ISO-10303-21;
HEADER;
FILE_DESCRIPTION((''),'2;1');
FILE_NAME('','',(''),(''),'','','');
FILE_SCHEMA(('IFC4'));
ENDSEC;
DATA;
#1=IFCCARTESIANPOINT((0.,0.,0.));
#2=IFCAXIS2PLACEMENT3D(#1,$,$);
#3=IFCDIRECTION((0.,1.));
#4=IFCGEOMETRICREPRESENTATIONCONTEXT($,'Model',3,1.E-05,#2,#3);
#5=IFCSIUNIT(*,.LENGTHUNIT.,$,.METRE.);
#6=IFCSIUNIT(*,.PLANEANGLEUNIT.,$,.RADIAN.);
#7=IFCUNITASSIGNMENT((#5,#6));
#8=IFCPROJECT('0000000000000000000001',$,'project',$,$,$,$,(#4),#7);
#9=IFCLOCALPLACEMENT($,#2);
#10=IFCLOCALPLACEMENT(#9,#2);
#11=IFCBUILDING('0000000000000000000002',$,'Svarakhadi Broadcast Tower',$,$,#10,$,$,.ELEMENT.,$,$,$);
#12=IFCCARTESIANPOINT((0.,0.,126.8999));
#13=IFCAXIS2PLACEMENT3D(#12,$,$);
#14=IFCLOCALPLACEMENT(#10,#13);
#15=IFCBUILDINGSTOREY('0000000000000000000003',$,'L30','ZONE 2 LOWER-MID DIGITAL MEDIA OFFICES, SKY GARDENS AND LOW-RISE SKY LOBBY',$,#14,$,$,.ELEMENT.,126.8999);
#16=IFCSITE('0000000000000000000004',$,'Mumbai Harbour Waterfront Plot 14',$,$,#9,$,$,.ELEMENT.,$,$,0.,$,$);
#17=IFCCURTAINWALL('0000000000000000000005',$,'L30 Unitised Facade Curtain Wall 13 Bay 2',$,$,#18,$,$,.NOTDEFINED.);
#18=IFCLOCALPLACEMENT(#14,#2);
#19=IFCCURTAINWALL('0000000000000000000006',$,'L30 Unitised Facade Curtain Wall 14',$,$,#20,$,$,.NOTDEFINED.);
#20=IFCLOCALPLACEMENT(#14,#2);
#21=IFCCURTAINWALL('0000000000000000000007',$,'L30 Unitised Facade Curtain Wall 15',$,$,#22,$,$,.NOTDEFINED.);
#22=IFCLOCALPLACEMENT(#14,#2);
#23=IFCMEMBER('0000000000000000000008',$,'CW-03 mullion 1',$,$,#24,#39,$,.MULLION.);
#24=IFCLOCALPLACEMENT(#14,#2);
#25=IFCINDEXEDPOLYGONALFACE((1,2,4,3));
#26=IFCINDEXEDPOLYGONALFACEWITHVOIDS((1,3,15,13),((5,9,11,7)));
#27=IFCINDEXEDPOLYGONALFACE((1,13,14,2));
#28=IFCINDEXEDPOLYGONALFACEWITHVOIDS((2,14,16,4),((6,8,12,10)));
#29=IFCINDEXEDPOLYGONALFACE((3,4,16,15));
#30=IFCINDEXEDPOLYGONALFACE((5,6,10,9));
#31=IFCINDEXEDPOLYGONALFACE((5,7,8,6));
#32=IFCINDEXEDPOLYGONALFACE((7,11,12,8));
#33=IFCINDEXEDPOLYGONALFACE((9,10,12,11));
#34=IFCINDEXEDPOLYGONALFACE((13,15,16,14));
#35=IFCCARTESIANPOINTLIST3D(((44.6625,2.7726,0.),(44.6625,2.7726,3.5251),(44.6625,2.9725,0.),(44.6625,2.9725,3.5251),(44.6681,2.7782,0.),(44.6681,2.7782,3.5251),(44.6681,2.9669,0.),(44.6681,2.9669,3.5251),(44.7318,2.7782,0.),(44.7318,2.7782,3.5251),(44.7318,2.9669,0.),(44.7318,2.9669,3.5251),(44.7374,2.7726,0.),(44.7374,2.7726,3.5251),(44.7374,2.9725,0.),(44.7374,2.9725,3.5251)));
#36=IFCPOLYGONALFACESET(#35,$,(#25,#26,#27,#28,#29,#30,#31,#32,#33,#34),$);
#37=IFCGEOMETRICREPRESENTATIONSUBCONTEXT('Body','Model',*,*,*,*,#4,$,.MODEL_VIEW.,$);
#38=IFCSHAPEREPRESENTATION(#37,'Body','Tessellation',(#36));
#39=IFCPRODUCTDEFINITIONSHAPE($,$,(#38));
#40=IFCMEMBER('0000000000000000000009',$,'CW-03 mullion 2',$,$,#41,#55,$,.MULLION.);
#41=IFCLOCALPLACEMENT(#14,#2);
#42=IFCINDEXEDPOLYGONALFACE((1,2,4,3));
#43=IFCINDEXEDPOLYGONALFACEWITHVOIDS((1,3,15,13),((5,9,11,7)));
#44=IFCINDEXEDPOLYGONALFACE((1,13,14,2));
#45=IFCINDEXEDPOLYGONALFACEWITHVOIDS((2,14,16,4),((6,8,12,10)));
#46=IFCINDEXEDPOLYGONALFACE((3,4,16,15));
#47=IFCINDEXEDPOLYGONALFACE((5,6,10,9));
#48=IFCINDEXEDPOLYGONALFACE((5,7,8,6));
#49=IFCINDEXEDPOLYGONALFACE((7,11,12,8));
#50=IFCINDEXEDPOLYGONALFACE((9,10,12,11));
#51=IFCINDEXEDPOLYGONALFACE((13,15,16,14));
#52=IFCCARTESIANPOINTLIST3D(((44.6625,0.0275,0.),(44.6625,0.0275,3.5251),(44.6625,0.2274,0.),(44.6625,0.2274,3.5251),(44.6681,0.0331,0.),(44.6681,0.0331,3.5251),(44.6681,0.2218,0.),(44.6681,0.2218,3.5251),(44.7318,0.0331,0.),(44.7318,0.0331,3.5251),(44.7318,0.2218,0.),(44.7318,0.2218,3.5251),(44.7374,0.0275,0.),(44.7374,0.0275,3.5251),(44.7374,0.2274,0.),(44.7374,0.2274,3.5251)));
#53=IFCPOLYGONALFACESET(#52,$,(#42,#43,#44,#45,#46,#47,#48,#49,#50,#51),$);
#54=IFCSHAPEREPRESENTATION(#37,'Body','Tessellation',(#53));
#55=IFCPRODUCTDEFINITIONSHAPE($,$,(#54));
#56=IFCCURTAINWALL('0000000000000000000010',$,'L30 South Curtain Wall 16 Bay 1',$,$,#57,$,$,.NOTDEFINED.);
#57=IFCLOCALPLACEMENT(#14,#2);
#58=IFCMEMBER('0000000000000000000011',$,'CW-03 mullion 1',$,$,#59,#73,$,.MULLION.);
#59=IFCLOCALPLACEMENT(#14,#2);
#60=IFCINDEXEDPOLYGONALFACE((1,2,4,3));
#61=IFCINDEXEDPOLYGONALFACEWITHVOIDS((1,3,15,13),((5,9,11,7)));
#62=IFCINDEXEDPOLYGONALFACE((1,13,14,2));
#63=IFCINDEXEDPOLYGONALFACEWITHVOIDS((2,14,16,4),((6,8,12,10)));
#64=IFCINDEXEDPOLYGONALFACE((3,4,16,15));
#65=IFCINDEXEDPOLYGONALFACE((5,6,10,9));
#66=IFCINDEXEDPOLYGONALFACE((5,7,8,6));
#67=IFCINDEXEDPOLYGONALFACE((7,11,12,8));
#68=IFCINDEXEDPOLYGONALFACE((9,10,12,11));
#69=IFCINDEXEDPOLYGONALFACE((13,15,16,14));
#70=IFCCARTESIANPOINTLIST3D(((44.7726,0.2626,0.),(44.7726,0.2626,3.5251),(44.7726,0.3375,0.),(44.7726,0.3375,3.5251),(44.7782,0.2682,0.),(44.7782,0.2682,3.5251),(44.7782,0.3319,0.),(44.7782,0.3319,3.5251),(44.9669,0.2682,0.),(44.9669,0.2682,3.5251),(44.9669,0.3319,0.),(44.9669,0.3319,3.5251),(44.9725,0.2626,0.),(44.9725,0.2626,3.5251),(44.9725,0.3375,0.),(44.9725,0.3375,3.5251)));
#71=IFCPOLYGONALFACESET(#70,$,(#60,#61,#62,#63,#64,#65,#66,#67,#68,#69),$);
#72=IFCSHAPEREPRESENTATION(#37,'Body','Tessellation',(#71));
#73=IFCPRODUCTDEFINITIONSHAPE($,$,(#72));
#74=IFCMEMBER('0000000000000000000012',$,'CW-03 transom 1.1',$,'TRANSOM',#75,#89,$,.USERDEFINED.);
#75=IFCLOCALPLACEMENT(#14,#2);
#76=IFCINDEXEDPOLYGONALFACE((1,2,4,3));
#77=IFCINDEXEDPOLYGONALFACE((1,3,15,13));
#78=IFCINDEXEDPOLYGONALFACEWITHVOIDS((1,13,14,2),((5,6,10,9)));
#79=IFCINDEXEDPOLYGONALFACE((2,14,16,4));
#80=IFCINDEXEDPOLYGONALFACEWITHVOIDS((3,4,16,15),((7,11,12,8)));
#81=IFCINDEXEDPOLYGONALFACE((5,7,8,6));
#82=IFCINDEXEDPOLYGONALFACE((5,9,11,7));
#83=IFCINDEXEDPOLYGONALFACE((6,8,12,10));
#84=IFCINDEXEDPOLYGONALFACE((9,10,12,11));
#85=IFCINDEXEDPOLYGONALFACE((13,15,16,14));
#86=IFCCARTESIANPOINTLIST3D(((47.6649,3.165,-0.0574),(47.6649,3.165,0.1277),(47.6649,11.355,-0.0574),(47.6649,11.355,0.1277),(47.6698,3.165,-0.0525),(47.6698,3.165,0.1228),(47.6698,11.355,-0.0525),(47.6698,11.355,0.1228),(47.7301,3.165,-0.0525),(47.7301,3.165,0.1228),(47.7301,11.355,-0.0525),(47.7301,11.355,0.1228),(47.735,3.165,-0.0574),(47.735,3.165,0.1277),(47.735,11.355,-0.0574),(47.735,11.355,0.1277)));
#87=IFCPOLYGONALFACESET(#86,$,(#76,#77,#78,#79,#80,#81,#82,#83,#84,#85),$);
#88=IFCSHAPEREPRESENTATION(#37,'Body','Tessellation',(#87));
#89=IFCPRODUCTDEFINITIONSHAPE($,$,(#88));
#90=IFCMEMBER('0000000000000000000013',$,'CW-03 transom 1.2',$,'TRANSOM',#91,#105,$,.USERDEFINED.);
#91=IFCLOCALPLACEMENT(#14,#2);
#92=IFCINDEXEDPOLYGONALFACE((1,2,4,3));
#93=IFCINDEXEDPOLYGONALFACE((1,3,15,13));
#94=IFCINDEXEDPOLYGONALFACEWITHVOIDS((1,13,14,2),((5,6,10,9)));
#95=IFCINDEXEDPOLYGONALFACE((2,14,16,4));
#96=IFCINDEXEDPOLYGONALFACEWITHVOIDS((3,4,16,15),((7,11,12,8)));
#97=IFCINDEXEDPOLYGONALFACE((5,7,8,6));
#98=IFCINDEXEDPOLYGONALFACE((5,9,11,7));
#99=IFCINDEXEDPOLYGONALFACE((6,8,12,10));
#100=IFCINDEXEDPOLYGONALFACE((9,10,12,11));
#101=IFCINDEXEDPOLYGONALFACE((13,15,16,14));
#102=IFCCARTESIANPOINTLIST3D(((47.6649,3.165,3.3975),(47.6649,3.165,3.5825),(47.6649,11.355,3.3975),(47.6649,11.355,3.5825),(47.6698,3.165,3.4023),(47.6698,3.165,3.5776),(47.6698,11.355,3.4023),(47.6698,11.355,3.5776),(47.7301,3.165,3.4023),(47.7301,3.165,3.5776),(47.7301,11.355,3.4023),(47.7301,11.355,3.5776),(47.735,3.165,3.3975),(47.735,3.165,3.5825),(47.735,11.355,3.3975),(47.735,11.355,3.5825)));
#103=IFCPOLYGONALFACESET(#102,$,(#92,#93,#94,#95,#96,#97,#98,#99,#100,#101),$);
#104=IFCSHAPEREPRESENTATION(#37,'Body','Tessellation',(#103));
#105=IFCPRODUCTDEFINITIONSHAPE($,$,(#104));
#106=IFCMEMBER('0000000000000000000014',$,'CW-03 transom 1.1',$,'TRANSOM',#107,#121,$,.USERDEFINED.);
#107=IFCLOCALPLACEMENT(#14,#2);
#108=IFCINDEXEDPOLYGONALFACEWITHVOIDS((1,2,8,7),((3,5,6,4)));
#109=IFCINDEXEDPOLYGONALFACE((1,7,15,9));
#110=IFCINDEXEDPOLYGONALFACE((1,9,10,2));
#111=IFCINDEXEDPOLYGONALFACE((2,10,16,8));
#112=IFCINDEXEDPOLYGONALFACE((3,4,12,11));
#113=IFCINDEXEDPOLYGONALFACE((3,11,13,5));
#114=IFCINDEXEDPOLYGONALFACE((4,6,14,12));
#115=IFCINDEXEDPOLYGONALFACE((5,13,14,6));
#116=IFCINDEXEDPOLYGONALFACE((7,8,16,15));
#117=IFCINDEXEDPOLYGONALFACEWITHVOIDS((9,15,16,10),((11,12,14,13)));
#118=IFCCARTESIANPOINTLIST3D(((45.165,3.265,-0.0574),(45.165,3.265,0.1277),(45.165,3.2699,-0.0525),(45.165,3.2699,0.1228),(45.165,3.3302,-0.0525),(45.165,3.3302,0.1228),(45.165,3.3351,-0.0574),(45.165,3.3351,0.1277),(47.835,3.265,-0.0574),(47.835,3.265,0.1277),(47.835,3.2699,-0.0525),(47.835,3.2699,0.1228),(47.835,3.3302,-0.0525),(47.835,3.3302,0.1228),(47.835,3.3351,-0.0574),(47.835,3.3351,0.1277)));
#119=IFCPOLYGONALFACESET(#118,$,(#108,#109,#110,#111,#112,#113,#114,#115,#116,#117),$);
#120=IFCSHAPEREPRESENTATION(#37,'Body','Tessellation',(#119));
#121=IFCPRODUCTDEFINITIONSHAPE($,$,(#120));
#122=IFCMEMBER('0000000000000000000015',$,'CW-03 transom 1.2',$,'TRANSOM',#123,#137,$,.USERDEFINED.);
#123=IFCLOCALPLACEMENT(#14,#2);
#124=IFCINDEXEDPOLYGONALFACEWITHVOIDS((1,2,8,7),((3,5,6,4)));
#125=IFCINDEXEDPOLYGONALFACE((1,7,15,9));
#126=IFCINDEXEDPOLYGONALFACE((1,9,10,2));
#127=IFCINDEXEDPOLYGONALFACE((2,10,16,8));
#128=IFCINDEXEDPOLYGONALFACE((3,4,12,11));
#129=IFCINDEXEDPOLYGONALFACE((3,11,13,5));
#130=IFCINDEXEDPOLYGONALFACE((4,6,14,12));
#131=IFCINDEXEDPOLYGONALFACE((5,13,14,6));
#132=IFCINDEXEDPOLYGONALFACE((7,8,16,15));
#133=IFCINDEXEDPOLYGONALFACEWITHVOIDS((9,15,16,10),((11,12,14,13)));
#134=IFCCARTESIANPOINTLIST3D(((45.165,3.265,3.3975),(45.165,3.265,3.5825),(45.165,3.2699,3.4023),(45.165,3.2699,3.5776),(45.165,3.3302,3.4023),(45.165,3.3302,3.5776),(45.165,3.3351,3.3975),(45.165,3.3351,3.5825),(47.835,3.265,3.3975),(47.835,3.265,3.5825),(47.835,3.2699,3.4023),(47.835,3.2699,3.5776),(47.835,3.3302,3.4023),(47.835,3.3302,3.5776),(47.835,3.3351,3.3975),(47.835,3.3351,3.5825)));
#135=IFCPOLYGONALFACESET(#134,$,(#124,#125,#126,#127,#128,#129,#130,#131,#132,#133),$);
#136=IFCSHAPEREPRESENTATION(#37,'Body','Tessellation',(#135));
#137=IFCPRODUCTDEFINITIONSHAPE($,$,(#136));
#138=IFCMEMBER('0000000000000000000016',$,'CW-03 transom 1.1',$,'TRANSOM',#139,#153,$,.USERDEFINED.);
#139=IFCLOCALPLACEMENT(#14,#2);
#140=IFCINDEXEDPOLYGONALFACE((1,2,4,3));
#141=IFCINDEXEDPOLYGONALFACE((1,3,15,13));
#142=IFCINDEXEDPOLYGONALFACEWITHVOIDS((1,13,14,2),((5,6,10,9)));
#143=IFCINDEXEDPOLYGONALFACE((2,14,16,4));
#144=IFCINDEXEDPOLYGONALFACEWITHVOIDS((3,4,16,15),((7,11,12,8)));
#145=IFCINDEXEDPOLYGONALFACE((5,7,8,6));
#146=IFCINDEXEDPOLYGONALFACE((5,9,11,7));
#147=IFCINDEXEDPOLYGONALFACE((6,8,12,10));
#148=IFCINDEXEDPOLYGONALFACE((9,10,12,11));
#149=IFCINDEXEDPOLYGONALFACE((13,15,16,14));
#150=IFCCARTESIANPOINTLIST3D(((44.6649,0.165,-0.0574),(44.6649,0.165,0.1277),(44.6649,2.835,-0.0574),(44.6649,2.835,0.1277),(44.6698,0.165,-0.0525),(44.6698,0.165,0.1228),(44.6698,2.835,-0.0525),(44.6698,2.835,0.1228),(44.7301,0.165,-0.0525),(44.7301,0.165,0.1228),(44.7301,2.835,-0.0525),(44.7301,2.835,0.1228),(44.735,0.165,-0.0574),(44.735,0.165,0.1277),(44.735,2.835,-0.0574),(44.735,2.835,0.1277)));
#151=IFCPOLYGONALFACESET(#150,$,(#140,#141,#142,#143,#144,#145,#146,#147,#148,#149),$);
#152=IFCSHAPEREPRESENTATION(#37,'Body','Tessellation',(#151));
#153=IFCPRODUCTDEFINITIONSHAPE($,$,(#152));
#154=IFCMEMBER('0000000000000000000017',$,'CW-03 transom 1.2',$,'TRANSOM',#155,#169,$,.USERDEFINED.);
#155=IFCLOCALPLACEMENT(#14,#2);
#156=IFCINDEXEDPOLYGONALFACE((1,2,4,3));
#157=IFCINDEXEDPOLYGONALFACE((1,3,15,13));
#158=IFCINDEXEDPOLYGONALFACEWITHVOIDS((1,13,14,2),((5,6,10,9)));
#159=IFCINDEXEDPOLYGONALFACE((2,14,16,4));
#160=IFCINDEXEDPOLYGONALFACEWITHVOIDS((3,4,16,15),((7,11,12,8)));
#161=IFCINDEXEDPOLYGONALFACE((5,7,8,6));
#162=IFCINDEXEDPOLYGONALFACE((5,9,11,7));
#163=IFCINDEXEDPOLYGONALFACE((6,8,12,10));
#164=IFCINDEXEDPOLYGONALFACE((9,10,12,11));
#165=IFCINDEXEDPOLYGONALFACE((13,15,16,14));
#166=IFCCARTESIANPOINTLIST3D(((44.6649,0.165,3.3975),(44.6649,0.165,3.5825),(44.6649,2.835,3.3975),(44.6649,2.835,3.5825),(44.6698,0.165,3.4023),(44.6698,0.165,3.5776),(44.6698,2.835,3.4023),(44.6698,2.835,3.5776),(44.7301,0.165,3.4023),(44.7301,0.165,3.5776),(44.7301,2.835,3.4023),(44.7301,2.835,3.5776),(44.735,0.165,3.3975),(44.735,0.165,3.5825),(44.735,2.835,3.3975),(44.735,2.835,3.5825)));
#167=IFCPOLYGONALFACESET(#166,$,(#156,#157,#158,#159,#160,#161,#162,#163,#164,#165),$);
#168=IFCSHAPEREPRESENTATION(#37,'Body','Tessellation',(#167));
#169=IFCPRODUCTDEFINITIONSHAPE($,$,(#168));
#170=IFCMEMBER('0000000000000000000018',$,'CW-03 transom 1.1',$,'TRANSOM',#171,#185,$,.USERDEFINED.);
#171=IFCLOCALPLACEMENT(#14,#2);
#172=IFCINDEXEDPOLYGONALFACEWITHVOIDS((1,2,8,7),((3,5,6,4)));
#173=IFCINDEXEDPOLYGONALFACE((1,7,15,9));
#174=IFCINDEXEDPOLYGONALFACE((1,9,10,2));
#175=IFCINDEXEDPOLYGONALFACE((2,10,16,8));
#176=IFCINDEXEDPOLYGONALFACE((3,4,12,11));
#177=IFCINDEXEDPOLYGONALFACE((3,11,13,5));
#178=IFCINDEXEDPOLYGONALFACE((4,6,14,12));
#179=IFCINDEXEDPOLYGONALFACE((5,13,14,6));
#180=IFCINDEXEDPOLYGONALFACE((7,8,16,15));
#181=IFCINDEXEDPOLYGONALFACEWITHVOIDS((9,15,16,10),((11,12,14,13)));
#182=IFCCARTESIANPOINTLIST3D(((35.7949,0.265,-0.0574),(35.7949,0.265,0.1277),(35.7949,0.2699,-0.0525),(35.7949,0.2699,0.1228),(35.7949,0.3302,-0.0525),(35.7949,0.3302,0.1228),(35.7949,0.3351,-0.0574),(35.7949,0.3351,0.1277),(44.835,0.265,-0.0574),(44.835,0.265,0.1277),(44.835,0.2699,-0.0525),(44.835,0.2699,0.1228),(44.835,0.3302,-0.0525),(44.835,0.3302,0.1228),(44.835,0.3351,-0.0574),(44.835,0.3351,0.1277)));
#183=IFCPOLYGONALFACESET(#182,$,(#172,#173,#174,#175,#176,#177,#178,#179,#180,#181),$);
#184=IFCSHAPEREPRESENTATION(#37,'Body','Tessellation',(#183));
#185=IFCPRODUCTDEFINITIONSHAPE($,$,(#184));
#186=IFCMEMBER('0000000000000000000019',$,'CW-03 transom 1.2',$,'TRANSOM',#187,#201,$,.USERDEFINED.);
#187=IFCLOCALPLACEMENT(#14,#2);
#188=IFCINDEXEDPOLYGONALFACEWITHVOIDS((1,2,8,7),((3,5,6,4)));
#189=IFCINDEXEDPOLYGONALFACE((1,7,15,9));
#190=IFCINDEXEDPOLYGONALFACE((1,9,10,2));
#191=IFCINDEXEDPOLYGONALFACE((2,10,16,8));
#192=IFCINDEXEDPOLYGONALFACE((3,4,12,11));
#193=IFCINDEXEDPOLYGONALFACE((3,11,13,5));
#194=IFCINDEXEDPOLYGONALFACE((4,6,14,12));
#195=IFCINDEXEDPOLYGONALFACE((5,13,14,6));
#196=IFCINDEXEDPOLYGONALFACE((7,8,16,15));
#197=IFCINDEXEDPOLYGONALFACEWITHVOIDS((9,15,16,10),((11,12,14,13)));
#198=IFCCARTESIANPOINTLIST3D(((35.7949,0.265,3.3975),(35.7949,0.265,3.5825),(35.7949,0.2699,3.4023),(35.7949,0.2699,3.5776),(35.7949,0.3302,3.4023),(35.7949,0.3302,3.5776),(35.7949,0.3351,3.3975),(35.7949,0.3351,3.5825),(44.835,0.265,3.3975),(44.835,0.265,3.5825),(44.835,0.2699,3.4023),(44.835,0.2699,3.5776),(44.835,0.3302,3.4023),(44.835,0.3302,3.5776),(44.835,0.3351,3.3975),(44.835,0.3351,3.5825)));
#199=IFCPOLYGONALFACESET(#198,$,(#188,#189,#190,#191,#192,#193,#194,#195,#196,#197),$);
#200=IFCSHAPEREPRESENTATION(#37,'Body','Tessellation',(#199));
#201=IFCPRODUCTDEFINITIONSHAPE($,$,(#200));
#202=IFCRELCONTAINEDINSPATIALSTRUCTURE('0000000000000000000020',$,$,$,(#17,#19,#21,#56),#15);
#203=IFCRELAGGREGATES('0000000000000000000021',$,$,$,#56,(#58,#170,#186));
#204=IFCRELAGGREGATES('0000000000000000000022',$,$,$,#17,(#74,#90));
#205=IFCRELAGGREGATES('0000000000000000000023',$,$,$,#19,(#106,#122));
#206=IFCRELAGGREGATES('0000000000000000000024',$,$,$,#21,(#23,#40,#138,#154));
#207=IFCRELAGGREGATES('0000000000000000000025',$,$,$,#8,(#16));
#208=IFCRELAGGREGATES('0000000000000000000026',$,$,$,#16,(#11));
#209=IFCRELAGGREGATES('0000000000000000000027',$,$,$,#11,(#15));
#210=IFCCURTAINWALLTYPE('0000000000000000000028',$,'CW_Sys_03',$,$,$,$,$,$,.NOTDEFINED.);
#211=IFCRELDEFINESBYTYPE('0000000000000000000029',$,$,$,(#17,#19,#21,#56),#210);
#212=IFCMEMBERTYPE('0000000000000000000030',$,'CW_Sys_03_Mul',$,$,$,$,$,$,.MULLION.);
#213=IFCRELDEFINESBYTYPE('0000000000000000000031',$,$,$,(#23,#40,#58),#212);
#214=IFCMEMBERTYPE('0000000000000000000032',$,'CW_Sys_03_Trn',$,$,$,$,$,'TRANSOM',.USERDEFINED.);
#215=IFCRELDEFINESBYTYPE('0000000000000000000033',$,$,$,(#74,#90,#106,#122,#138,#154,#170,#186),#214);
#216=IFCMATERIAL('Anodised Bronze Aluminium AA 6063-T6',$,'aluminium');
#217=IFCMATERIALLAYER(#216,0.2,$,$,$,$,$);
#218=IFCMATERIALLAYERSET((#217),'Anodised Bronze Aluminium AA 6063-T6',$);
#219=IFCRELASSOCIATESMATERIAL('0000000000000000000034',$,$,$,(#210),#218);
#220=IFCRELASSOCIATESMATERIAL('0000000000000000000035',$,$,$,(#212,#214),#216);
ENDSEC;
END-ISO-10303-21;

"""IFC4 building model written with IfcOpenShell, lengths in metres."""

from ifc_helpers import new_model, si_unit, direction, frame, origin, origin_2d, place, context, subcontext, project, spatial, hollow_rectangle, extrude, material, layer, layer_set, material_profile, profile_set, type_object, element, aggregate, save


model = new_model("IFC4")

# Units and contexts
model_context = context("Model", 3, precision=1e-05, world=origin(), true_north=direction((0.0, 1.0)))
body_context = subcontext(model_context, "Body", "Model", "MODEL_VIEW")
ifc_project = project(units=[si_unit("LENGTHUNIT", "METRE"), si_unit("PLANEANGLEUNIT", "RADIAN")], contexts=[model_context])

# Site, building, storey
site_placement = place(None, origin())
site = spatial("IfcSite", under=ifc_project, at=site_placement, Name="Mumbai Harbour Waterfront Plot 14", CompositionType="ELEMENT", RefElevation=0.0)
building_placement = place(site_placement, origin())
building = spatial("IfcBuilding", under=site, at=building_placement, Name="Svarakhadi Broadcast Tower", CompositionType="ELEMENT")
storey_placement = place(building_placement, frame((0.0, 0.0, 126.8999)))
storey = spatial("IfcBuildingStorey", under=building, at=storey_placement, Name="L30", Description="ZONE 2 LOWER-MID DIGITAL MEDIA OFFICES, SKY GARDENS AND LOW-RISE SKY LOBBY", CompositionType="ELEMENT", Elevation=126.8999)

# Curtain walls, members
ifc_material_1 = material(Name="Anodised Bronze Aluminium AA 6063-T6", Category="aluminium")
ifc_layer_1 = layer(ifc_material_1, 0.2)
ifc_layer_set_1 = layer_set([ifc_layer_1], Name="Anodised Bronze Aluminium AA 6063-T6")
curtain_wall_type = type_object("IfcCurtainWallType", Name="CW_Sys_03", PredefinedType="NOTDEFINED", material=ifc_layer_set_1)
curtain_wall_1_placement = place(storey_placement, origin())
curtain_wall_1 = element("IfcCurtainWall", 1, at=curtain_wall_1_placement, inside=storey, type_object=curtain_wall_type, Name="L30 Unitised Facade Curtain Wall 13 Bay 2", PredefinedType="NOTDEFINED")
ifc_material_profile_1 = material_profile(ifc_material_1, hollow_rectangle(XDim=0.075, YDim=0.2, WallThickness=0.0056, at=origin_2d()), Name="ALU MULLION 200x75x6")
ifc_profile_set_1 = profile_set([ifc_material_profile_1], Name="Anodised Bronze Aluminium AA 6063-T6")
member_type_1 = type_object("IfcMemberType", Name="CW_Sys_03_Mul", PredefinedType="MULLION", material=ifc_profile_set_1)
curtain_wall_2_placement = place(storey_placement, origin())
curtain_wall_2 = element("IfcCurtainWall", 2, at=curtain_wall_2_placement, inside=storey, type_object=curtain_wall_type, Name="L30 Unitised Facade Curtain Wall 14", PredefinedType="NOTDEFINED")
curtain_wall_3_placement = place(storey_placement, origin())
curtain_wall_3 = element("IfcCurtainWall", 3, at=curtain_wall_3_placement, inside=storey, type_object=curtain_wall_type, Name="L30 Unitised Facade Curtain Wall 15", PredefinedType="NOTDEFINED")
member_1_placement = place(storey_placement, frame((44.7, 2.8726, 0.0), z_axis=(0.0, 0.0, 1.0), x_axis=(1.0, 0.0, 0.0)))
member_1 = element("IfcMember", 4, at=member_1_placement, type_object=member_type_1, Name="CW-03 mullion 1", PredefinedType="MULLION", context=body_context, shape_type="SweptSolid", body=[
    extrude(hollow_rectangle(XDim=0.075, YDim=0.2, WallThickness=0.0056, at=origin_2d()), origin(), (0.0, 0.0, 1.0), 3.5251),
])
member_2_placement = place(storey_placement, frame((44.7, 0.1274, 0.0), z_axis=(0.0, 0.0, 1.0), x_axis=(1.0, 0.0, 0.0)))
member_2 = element("IfcMember", 5, at=member_2_placement, type_object=member_type_1, Name="CW-03 mullion 2", PredefinedType="MULLION", context=body_context, shape_type="SweptSolid", body=[
    extrude(hollow_rectangle(XDim=0.075, YDim=0.2, WallThickness=0.0056, at=origin_2d()), origin(), (0.0, 0.0, 1.0), 3.5251),
])

# Curtain wall, member
curtain_wall_4_placement = place(storey_placement, origin())
curtain_wall_4 = element("IfcCurtainWall", 6, at=curtain_wall_4_placement, inside=storey, type_object=curtain_wall_type, Name="L30 South Curtain Wall 16 Bay 1", PredefinedType="NOTDEFINED")
member_3_placement = place(storey_placement, frame((44.8726, 0.3, 0.0), z_axis=(0.0, 0.0, 1.0), x_axis=(0.0, -1.0, 0.0)))
member_3 = element("IfcMember", 7, at=member_3_placement, type_object=member_type_1, Name="CW-03 mullion 1", PredefinedType="MULLION", context=body_context, shape_type="SweptSolid", body=[
    extrude(hollow_rectangle(XDim=0.075, YDim=0.2, WallThickness=0.0056, at=origin_2d()), origin(), (0.0, 0.0, 1.0), 3.5251),
])

# Members
ifc_material_profile_2 = material_profile(ifc_material_1, hollow_rectangle(XDim=0.0701, YDim=0.1851, WallThickness=0.0049, at=origin_2d()), Name="ALU TRANSOM 185x70x5")
ifc_profile_set_2 = profile_set([ifc_material_profile_2], Name="Anodised Bronze Aluminium AA 6063-T6")
member_type_2 = type_object("IfcMemberType", Name="CW_Sys_03_Trn", ElementType="TRANSOM", PredefinedType="USERDEFINED", material=ifc_profile_set_2)
member_4_placement = place(storey_placement, frame((47.7, 11.355, 0.0352), z_axis=(0.0, -1.0, 0.0), x_axis=(1.0, 0.0, 0.0)))
member_4 = element("IfcMember", 8, at=member_4_placement, type_object=member_type_2, Name="CW-03 transom 1.1", ObjectType="TRANSOM", PredefinedType="USERDEFINED", context=body_context, shape_type="SweptSolid", body=[
    extrude(hollow_rectangle(XDim=0.0701, YDim=0.1851, WallThickness=0.0049, at=origin_2d()), origin(), (0.0, 0.0, 1.0), 8.1899),
])
member_5_placement = place(storey_placement, frame((47.7, 11.355, 3.49), z_axis=(0.0, -1.0, 0.0), x_axis=(1.0, 0.0, 0.0)))
member_5 = element("IfcMember", 9, at=member_5_placement, type_object=member_type_2, Name="CW-03 transom 1.2", ObjectType="TRANSOM", PredefinedType="USERDEFINED", context=body_context, shape_type="SweptSolid", body=[
    extrude(hollow_rectangle(XDim=0.0701, YDim=0.1851, WallThickness=0.0049, at=origin_2d()), origin(), (0.0, 0.0, 1.0), 8.1899),
])
member_6_placement = place(storey_placement, frame((47.835, 3.3, 0.0352), z_axis=(-1.0, 0.0, 0.0), x_axis=(0.0, -1.0, 0.0)))
member_6 = element("IfcMember", 10, at=member_6_placement, type_object=member_type_2, Name="CW-03 transom 1.1", ObjectType="TRANSOM", PredefinedType="USERDEFINED", context=body_context, shape_type="SweptSolid", body=[
    extrude(hollow_rectangle(XDim=0.0701, YDim=0.1851, WallThickness=0.0049, at=origin_2d()), origin(), (0.0, 0.0, 1.0), 2.6699),
])
member_7_placement = place(storey_placement, frame((47.835, 3.3, 3.49), z_axis=(-1.0, 0.0, 0.0), x_axis=(0.0, -1.0, 0.0)))
member_7 = element("IfcMember", 11, at=member_7_placement, type_object=member_type_2, Name="CW-03 transom 1.2", ObjectType="TRANSOM", PredefinedType="USERDEFINED", context=body_context, shape_type="SweptSolid", body=[
    extrude(hollow_rectangle(XDim=0.0701, YDim=0.1851, WallThickness=0.0049, at=origin_2d()), origin(), (0.0, 0.0, 1.0), 2.6699),
])
member_8_placement = place(storey_placement, frame((44.7, 2.835, 0.0352), z_axis=(0.0, -1.0, 0.0), x_axis=(1.0, 0.0, 0.0)))
member_8 = element("IfcMember", 12, at=member_8_placement, type_object=member_type_2, Name="CW-03 transom 1.1", ObjectType="TRANSOM", PredefinedType="USERDEFINED", context=body_context, shape_type="SweptSolid", body=[
    extrude(hollow_rectangle(XDim=0.0701, YDim=0.1851, WallThickness=0.0049, at=origin_2d()), origin(), (0.0, 0.0, 1.0), 2.6699),
])
member_9_placement = place(storey_placement, frame((44.7, 2.835, 3.49), z_axis=(0.0, -1.0, 0.0), x_axis=(1.0, 0.0, 0.0)))
member_9 = element("IfcMember", 13, at=member_9_placement, type_object=member_type_2, Name="CW-03 transom 1.2", ObjectType="TRANSOM", PredefinedType="USERDEFINED", context=body_context, shape_type="SweptSolid", body=[
    extrude(hollow_rectangle(XDim=0.0701, YDim=0.1851, WallThickness=0.0049, at=origin_2d()), origin(), (0.0, 0.0, 1.0), 2.6699),
])
member_10_placement = place(storey_placement, frame((44.835, 0.3, 0.0352), z_axis=(-1.0, 0.0, 0.0), x_axis=(0.0, -1.0, 0.0)))
member_10 = element("IfcMember", 14, at=member_10_placement, type_object=member_type_2, Name="CW-03 transom 1.1", ObjectType="TRANSOM", PredefinedType="USERDEFINED", context=body_context, shape_type="SweptSolid", body=[
    extrude(hollow_rectangle(XDim=0.0701, YDim=0.1851, WallThickness=0.0049, at=origin_2d()), origin(), (0.0, 0.0, 1.0), 9.04),
])
member_11_placement = place(storey_placement, frame((44.835, 0.3, 3.49), z_axis=(-1.0, 0.0, 0.0), x_axis=(0.0, -1.0, 0.0)))
member_11 = element("IfcMember", 15, at=member_11_placement, type_object=member_type_2, Name="CW-03 transom 1.2", ObjectType="TRANSOM", PredefinedType="USERDEFINED", context=body_context, shape_type="SweptSolid", body=[
    extrude(hollow_rectangle(XDim=0.0701, YDim=0.1851, WallThickness=0.0049, at=origin_2d()), origin(), (0.0, 0.0, 1.0), 9.04),
])
aggregate(curtain_wall_4, [member_3, member_10, member_11])

aggregate(curtain_wall_1, [member_4, member_5])
aggregate(curtain_wall_2, [member_6, member_7])
aggregate(curtain_wall_3, [member_1, member_2, member_8, member_9])

save(model, "model.ifc")
